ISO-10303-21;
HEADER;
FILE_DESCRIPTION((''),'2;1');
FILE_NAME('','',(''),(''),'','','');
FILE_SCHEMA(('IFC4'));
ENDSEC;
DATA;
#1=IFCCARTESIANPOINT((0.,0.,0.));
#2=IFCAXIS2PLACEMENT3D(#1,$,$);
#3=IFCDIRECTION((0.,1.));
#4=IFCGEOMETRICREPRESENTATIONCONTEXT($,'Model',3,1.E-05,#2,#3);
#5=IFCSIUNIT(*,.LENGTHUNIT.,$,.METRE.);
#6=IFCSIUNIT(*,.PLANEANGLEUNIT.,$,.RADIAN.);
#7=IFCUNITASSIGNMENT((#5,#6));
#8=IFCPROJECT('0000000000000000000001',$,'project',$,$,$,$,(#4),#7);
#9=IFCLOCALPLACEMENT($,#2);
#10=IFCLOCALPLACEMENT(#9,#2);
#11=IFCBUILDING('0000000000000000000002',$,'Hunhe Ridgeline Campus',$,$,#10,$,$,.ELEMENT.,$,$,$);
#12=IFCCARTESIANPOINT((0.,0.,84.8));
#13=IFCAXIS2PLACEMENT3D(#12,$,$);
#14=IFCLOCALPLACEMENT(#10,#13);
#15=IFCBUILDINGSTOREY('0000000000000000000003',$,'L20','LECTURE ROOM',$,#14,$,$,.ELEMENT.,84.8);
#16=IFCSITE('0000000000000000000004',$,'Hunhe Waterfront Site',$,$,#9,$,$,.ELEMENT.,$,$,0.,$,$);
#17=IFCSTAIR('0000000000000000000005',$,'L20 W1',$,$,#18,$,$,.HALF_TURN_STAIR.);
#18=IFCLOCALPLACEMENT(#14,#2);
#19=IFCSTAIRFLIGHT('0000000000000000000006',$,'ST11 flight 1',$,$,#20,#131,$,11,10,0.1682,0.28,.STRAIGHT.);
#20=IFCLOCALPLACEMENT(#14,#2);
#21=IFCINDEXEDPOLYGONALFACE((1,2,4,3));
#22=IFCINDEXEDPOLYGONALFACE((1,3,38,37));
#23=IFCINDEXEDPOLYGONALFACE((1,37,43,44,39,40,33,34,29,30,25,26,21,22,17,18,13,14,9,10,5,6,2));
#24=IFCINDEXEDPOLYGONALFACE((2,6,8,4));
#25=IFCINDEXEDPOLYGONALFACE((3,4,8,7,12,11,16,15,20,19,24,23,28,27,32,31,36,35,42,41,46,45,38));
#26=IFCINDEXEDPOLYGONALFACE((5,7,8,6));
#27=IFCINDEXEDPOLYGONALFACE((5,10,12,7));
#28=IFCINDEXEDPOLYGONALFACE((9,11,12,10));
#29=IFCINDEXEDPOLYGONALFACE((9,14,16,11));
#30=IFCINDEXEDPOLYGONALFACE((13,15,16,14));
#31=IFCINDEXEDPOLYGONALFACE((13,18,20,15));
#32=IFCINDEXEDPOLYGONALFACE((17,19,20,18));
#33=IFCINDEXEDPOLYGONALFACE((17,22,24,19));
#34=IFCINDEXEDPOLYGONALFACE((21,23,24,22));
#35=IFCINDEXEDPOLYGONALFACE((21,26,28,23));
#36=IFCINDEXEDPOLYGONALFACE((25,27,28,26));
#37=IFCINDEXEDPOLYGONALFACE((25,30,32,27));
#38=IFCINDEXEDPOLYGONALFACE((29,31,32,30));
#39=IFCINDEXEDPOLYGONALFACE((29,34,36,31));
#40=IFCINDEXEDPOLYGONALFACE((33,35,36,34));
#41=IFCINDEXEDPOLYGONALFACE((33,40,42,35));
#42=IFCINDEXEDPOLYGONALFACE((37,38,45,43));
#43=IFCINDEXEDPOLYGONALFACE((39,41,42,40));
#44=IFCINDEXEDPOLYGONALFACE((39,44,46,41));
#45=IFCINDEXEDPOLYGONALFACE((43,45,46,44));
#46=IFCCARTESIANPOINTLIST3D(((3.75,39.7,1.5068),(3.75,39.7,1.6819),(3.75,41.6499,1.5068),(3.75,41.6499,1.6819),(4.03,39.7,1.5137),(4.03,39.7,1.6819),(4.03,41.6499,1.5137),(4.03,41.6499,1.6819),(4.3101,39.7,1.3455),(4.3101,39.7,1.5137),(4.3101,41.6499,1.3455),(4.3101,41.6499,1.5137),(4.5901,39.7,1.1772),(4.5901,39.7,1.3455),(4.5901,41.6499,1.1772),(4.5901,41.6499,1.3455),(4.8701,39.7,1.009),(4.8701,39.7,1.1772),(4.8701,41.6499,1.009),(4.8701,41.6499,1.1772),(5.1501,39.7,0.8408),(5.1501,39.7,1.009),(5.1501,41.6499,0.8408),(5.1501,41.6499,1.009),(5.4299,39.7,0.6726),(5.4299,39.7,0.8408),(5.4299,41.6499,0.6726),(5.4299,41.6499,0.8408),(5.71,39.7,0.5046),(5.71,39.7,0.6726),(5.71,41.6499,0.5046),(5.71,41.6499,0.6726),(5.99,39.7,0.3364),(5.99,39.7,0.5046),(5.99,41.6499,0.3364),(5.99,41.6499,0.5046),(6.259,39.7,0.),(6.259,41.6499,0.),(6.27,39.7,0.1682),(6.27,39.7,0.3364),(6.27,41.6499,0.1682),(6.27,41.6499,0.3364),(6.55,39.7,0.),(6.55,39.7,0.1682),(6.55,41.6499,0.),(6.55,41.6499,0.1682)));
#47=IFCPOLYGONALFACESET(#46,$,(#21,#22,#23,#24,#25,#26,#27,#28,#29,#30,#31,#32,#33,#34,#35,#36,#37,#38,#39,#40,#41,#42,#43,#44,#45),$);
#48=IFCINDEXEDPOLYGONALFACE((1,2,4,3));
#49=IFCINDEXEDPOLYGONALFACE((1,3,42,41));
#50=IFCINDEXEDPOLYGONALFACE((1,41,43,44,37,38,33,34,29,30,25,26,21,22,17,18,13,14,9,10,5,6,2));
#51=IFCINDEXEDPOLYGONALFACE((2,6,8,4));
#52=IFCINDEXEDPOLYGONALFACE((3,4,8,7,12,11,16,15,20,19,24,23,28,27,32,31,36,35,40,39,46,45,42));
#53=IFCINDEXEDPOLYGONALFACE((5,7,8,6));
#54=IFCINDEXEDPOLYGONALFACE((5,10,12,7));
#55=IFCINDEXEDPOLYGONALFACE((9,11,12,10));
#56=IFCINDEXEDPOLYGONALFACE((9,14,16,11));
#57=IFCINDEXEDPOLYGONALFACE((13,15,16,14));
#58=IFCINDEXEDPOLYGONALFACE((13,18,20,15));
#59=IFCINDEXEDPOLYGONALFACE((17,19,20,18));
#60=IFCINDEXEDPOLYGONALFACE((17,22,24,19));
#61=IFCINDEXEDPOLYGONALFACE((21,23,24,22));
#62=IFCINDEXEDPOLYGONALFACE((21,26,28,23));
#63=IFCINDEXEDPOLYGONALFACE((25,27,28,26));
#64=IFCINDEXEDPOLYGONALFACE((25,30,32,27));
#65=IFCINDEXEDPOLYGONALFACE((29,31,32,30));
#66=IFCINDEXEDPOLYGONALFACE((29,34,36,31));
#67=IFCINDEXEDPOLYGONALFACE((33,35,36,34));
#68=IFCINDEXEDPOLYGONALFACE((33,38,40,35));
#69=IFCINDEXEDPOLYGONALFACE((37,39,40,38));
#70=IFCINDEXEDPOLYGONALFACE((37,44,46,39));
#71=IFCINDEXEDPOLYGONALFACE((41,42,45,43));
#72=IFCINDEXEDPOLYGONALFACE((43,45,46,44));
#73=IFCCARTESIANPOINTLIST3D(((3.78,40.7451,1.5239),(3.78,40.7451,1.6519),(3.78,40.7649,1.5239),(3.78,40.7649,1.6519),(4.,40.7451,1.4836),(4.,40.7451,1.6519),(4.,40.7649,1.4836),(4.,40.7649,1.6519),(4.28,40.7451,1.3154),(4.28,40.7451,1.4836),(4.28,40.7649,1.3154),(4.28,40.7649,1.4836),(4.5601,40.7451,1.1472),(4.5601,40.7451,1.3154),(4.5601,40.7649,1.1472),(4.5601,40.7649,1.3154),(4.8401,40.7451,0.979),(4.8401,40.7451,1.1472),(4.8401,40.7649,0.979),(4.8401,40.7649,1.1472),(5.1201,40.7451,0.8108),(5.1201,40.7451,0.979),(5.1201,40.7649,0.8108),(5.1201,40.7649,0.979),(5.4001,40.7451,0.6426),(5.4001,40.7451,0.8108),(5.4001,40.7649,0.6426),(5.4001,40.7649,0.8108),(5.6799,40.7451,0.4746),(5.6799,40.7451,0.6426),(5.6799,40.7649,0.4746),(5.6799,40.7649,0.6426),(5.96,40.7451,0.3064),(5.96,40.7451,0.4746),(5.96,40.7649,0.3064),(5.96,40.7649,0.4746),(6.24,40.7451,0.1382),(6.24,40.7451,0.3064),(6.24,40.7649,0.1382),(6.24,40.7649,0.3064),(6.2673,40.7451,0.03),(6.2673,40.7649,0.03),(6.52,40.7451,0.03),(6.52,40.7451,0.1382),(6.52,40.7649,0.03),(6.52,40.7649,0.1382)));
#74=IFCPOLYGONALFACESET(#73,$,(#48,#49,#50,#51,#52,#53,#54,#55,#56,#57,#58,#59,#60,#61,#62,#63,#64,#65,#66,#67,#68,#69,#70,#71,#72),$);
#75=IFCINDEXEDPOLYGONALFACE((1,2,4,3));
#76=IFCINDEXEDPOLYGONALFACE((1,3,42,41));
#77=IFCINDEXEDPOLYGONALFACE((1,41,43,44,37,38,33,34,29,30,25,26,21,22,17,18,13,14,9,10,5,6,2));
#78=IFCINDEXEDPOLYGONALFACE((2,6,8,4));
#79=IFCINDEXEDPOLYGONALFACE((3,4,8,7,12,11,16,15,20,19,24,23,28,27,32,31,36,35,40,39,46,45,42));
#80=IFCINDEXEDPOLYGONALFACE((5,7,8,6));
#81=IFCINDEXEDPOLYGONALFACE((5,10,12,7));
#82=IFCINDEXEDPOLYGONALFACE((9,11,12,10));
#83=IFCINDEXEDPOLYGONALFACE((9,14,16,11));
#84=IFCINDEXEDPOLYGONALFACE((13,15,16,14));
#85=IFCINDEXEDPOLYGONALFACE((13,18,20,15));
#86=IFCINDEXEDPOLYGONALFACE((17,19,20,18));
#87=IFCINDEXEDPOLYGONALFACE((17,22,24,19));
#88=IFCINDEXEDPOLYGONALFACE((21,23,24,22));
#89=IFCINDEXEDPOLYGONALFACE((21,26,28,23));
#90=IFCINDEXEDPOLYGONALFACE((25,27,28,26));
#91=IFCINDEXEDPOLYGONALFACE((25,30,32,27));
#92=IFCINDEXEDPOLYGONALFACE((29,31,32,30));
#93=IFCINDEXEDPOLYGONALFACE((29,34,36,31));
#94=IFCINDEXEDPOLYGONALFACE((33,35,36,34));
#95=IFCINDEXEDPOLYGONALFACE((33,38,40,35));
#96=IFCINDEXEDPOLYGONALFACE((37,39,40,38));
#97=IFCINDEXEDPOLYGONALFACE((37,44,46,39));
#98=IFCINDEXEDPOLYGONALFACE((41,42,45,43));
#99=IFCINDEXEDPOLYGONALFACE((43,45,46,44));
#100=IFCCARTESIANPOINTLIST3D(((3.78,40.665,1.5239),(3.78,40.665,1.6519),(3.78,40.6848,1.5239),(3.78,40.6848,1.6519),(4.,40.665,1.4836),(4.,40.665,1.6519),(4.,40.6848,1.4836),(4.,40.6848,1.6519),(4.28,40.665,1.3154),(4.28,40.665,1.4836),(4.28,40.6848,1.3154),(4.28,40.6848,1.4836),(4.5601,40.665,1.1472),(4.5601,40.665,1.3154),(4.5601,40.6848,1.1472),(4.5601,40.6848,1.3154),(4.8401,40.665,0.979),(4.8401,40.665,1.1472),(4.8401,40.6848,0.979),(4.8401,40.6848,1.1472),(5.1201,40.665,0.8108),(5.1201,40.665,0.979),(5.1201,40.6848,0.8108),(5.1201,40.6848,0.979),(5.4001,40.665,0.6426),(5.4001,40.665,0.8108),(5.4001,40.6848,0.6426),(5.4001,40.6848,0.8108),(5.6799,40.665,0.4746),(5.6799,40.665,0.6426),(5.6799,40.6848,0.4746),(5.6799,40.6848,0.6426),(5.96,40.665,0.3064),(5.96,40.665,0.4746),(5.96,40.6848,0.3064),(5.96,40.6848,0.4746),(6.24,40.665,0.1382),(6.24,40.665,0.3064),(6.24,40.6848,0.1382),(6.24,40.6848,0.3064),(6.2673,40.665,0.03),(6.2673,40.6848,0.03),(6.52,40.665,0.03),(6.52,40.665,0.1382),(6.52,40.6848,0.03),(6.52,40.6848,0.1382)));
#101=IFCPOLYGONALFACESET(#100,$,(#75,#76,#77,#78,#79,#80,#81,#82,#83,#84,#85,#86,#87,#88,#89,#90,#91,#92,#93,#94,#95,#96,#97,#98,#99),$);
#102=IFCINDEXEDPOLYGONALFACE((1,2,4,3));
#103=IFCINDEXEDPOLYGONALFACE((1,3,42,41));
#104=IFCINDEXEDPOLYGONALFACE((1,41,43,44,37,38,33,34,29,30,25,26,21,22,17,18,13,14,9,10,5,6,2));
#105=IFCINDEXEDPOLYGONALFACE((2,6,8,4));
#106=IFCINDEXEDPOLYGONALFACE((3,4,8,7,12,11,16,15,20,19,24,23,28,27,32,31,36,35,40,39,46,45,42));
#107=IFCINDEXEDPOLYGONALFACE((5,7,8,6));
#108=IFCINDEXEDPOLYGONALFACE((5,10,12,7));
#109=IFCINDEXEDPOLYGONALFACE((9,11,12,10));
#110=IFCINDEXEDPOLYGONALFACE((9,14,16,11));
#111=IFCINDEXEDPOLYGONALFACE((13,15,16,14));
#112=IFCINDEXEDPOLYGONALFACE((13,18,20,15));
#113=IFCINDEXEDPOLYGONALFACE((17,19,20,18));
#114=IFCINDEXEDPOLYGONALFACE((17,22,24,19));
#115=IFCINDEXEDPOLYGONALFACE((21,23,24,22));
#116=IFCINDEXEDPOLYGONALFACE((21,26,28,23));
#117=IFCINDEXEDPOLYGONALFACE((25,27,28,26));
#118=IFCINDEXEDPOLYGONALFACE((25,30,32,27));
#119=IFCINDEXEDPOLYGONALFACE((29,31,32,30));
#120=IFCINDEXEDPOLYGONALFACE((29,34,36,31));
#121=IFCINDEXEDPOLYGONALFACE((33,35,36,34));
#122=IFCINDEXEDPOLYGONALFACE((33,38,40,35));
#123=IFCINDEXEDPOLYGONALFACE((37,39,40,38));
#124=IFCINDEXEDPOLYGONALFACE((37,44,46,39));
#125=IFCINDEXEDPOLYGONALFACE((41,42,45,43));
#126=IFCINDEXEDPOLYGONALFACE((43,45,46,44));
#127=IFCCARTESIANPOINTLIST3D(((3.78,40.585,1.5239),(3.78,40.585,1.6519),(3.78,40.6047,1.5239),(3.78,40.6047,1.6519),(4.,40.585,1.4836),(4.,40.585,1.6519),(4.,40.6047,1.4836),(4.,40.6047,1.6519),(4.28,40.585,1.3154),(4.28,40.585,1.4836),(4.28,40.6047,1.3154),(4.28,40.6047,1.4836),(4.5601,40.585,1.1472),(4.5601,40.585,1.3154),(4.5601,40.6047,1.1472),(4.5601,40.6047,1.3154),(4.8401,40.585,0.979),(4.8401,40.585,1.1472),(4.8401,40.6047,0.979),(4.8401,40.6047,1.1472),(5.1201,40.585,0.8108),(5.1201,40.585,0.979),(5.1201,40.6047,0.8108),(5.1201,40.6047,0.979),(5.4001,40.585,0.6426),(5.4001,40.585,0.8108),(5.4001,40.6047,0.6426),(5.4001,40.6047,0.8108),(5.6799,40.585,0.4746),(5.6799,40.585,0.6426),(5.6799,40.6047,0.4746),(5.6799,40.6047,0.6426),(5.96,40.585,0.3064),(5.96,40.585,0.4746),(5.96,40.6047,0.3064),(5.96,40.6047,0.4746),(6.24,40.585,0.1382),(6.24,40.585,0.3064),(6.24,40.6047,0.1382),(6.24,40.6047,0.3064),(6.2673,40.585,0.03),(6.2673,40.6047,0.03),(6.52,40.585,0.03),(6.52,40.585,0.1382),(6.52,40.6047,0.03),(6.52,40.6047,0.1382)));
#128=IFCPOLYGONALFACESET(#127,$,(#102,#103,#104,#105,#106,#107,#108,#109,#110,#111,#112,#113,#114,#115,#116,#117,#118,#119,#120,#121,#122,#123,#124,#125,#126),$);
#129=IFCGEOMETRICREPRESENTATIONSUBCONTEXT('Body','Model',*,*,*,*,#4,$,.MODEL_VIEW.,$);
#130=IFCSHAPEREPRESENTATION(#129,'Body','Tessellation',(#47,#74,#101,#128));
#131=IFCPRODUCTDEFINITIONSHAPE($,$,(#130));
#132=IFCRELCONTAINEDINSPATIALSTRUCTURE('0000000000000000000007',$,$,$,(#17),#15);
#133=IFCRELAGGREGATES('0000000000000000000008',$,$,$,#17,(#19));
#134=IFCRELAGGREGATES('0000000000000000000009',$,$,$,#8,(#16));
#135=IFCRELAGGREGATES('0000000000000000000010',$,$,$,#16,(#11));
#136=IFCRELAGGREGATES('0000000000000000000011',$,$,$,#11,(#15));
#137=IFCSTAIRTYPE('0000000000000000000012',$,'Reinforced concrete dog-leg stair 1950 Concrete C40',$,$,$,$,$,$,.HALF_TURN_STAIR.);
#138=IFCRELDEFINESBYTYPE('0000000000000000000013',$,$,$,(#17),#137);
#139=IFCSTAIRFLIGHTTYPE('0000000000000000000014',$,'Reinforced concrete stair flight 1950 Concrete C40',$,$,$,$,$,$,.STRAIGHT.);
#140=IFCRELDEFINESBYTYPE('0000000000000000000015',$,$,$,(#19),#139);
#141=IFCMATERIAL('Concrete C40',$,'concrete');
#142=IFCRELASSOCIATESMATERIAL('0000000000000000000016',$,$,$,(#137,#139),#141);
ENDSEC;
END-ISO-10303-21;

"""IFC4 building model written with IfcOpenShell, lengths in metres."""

from ifc_helpers import new_model, si_unit, direction, frame, origin, place, context, subcontext, project, spatial, polyline, outline, extrude, material, type_object, element, aggregate, save


model = new_model("IFC4")

# Units and contexts
model_context = context("Model", 3, precision=1e-05, world=origin(), true_north=direction((0.0, 1.0)))
body_context = subcontext(model_context, "Body", "Model", "MODEL_VIEW")
ifc_project = project(units=[si_unit("LENGTHUNIT", "METRE"), si_unit("PLANEANGLEUNIT", "RADIAN")], contexts=[model_context])

# Site, building, storey
site_placement = place(None, origin())
site = spatial("IfcSite", under=ifc_project, at=site_placement, Name="Hunhe Waterfront Site", CompositionType="ELEMENT", RefElevation=0.0)
building_placement = place(site_placement, origin())
building = spatial("IfcBuilding", under=site, at=building_placement, Name="Hunhe Ridgeline Campus", CompositionType="ELEMENT")
storey_placement = place(building_placement, frame((0.0, 0.0, 84.8)))
storey = spatial("IfcBuildingStorey", under=building, at=storey_placement, Name="L20", Description="LECTURE ROOM", CompositionType="ELEMENT", Elevation=84.8)

# Shared definitions
ifc_material_1 = material(Name="Concrete C40", Category="concrete")
stair_type = type_object("IfcStairType", Name="Reinforced concrete dog-leg stair 1950 Concrete C40", PredefinedType="HALF_TURN_STAIR", material=ifc_material_1)
stair_flight_type = type_object("IfcStairFlightType", Name="Reinforced concrete stair flight 1950 Concrete C40", PredefinedType="STRAIGHT", material=ifc_material_1)

# Stair, stair flight
stair_1_placement = place(storey_placement, origin())
stair_1 = element("IfcStair", 1, at=stair_1_placement, inside=storey, type_object=stair_type, Name="L20 W1", PredefinedType="HALF_TURN_STAIR")
stair_flight_1_placement = place(storey_placement, frame((6.55, 40.675, 0.0), z_axis=(0.0, 0.0, 1.0), x_axis=(-1.0, 0.0, 0.0)))
stair_flight_1 = element("IfcStairFlight", 2, at=stair_flight_1_placement, type_object=stair_flight_type, Name="ST11 flight 1", NumberOfRisers=11, NumberOfTreads=10, PredefinedType="STRAIGHT", RiserHeight=0.1682, TreadLength=0.28, context=body_context, shape_type="SweptSolid", body=[
    extrude(outline(polyline([(0.0, 0.0), (0.0, 0.1682), (0.28, 0.1682), (0.28, 0.3364), (0.5601, 0.3364), (0.5601, 0.5046), (0.8401, 0.5046), (0.8401, 0.6726), (1.1201, 0.6726), (1.1201, 0.8408), (1.3999, 0.8408), (1.3999, 1.009), (1.6799, 1.009), (1.6799, 1.1772), (1.96, 1.1772), (1.96, 1.3455), (2.24, 1.3455), (2.24, 1.5137), (2.52, 1.5137), (2.52, 1.6819), (2.8, 1.6819), (2.8, 1.8501), (2.8, 1.5068), (0.291, 0.0), (0.0, 0.0)])), frame((0.0, 0.9751, 0.0), z_axis=(0.0, -1.0, 0.0), x_axis=(1.0, 0.0, 0.0)), (0.0, 0.0, 1.0), 1.95),
    extrude(outline(polyline([(0.03, 0.03), (0.03, 0.1382), (0.3101, 0.1382), (0.3101, 0.3064), (0.5901, 0.3064), (0.5901, 0.4746), (0.8701, 0.4746), (0.8701, 0.6426), (1.1499, 0.6426), (1.1499, 0.8108), (1.4299, 0.8108), (1.4299, 0.979), (1.71, 0.979), (1.71, 1.1472), (1.99, 1.1472), (1.99, 1.3154), (2.27, 1.3154), (2.27, 1.4836), (2.55, 1.4836), (2.55, 1.6519), (2.77, 1.6519), (2.77, 1.5239), (0.2827, 0.03), (0.03, 0.03)])), frame((0.0, -0.0701, 0.0), z_axis=(0.0, -1.0, 0.0), x_axis=(1.0, 0.0, 0.0)), (0.0, 0.0, 1.0), 0.0198),
    extrude(outline(polyline([(0.03, 0.03), (0.03, 0.1382), (0.3101, 0.1382), (0.3101, 0.3064), (0.5901, 0.3064), (0.5901, 0.4746), (0.8701, 0.4746), (0.8701, 0.6426), (1.1499, 0.6426), (1.1499, 0.8108), (1.4299, 0.8108), (1.4299, 0.979), (1.71, 0.979), (1.71, 1.1472), (1.99, 1.1472), (1.99, 1.3154), (2.27, 1.3154), (2.27, 1.4836), (2.55, 1.4836), (2.55, 1.6519), (2.77, 1.6519), (2.77, 1.5239), (0.2827, 0.03), (0.03, 0.03)])), frame((0.0, 0.01, 0.0), z_axis=(0.0, -1.0, 0.0), x_axis=(1.0, 0.0, 0.0)), (0.0, 0.0, 1.0), 0.0198),
    extrude(outline(polyline([(0.03, 0.03), (0.03, 0.1382), (0.3101, 0.1382), (0.3101, 0.3064), (0.5901, 0.3064), (0.5901, 0.4746), (0.8701, 0.4746), (0.8701, 0.6426), (1.1499, 0.6426), (1.1499, 0.8108), (1.4299, 0.8108), (1.4299, 0.979), (1.71, 0.979), (1.71, 1.1472), (1.99, 1.1472), (1.99, 1.3154), (2.27, 1.3154), (2.27, 1.4836), (2.55, 1.4836), (2.55, 1.6519), (2.77, 1.6519), (2.77, 1.5239), (0.2827, 0.03), (0.03, 0.03)])), frame((0.0, 0.0901, 0.0), z_axis=(0.0, -1.0, 0.0), x_axis=(1.0, 0.0, 0.0)), (0.0, 0.0, 1.0), 0.0198),
])
aggregate(stair_1, [stair_flight_1])

save(model, "model.ifc")
